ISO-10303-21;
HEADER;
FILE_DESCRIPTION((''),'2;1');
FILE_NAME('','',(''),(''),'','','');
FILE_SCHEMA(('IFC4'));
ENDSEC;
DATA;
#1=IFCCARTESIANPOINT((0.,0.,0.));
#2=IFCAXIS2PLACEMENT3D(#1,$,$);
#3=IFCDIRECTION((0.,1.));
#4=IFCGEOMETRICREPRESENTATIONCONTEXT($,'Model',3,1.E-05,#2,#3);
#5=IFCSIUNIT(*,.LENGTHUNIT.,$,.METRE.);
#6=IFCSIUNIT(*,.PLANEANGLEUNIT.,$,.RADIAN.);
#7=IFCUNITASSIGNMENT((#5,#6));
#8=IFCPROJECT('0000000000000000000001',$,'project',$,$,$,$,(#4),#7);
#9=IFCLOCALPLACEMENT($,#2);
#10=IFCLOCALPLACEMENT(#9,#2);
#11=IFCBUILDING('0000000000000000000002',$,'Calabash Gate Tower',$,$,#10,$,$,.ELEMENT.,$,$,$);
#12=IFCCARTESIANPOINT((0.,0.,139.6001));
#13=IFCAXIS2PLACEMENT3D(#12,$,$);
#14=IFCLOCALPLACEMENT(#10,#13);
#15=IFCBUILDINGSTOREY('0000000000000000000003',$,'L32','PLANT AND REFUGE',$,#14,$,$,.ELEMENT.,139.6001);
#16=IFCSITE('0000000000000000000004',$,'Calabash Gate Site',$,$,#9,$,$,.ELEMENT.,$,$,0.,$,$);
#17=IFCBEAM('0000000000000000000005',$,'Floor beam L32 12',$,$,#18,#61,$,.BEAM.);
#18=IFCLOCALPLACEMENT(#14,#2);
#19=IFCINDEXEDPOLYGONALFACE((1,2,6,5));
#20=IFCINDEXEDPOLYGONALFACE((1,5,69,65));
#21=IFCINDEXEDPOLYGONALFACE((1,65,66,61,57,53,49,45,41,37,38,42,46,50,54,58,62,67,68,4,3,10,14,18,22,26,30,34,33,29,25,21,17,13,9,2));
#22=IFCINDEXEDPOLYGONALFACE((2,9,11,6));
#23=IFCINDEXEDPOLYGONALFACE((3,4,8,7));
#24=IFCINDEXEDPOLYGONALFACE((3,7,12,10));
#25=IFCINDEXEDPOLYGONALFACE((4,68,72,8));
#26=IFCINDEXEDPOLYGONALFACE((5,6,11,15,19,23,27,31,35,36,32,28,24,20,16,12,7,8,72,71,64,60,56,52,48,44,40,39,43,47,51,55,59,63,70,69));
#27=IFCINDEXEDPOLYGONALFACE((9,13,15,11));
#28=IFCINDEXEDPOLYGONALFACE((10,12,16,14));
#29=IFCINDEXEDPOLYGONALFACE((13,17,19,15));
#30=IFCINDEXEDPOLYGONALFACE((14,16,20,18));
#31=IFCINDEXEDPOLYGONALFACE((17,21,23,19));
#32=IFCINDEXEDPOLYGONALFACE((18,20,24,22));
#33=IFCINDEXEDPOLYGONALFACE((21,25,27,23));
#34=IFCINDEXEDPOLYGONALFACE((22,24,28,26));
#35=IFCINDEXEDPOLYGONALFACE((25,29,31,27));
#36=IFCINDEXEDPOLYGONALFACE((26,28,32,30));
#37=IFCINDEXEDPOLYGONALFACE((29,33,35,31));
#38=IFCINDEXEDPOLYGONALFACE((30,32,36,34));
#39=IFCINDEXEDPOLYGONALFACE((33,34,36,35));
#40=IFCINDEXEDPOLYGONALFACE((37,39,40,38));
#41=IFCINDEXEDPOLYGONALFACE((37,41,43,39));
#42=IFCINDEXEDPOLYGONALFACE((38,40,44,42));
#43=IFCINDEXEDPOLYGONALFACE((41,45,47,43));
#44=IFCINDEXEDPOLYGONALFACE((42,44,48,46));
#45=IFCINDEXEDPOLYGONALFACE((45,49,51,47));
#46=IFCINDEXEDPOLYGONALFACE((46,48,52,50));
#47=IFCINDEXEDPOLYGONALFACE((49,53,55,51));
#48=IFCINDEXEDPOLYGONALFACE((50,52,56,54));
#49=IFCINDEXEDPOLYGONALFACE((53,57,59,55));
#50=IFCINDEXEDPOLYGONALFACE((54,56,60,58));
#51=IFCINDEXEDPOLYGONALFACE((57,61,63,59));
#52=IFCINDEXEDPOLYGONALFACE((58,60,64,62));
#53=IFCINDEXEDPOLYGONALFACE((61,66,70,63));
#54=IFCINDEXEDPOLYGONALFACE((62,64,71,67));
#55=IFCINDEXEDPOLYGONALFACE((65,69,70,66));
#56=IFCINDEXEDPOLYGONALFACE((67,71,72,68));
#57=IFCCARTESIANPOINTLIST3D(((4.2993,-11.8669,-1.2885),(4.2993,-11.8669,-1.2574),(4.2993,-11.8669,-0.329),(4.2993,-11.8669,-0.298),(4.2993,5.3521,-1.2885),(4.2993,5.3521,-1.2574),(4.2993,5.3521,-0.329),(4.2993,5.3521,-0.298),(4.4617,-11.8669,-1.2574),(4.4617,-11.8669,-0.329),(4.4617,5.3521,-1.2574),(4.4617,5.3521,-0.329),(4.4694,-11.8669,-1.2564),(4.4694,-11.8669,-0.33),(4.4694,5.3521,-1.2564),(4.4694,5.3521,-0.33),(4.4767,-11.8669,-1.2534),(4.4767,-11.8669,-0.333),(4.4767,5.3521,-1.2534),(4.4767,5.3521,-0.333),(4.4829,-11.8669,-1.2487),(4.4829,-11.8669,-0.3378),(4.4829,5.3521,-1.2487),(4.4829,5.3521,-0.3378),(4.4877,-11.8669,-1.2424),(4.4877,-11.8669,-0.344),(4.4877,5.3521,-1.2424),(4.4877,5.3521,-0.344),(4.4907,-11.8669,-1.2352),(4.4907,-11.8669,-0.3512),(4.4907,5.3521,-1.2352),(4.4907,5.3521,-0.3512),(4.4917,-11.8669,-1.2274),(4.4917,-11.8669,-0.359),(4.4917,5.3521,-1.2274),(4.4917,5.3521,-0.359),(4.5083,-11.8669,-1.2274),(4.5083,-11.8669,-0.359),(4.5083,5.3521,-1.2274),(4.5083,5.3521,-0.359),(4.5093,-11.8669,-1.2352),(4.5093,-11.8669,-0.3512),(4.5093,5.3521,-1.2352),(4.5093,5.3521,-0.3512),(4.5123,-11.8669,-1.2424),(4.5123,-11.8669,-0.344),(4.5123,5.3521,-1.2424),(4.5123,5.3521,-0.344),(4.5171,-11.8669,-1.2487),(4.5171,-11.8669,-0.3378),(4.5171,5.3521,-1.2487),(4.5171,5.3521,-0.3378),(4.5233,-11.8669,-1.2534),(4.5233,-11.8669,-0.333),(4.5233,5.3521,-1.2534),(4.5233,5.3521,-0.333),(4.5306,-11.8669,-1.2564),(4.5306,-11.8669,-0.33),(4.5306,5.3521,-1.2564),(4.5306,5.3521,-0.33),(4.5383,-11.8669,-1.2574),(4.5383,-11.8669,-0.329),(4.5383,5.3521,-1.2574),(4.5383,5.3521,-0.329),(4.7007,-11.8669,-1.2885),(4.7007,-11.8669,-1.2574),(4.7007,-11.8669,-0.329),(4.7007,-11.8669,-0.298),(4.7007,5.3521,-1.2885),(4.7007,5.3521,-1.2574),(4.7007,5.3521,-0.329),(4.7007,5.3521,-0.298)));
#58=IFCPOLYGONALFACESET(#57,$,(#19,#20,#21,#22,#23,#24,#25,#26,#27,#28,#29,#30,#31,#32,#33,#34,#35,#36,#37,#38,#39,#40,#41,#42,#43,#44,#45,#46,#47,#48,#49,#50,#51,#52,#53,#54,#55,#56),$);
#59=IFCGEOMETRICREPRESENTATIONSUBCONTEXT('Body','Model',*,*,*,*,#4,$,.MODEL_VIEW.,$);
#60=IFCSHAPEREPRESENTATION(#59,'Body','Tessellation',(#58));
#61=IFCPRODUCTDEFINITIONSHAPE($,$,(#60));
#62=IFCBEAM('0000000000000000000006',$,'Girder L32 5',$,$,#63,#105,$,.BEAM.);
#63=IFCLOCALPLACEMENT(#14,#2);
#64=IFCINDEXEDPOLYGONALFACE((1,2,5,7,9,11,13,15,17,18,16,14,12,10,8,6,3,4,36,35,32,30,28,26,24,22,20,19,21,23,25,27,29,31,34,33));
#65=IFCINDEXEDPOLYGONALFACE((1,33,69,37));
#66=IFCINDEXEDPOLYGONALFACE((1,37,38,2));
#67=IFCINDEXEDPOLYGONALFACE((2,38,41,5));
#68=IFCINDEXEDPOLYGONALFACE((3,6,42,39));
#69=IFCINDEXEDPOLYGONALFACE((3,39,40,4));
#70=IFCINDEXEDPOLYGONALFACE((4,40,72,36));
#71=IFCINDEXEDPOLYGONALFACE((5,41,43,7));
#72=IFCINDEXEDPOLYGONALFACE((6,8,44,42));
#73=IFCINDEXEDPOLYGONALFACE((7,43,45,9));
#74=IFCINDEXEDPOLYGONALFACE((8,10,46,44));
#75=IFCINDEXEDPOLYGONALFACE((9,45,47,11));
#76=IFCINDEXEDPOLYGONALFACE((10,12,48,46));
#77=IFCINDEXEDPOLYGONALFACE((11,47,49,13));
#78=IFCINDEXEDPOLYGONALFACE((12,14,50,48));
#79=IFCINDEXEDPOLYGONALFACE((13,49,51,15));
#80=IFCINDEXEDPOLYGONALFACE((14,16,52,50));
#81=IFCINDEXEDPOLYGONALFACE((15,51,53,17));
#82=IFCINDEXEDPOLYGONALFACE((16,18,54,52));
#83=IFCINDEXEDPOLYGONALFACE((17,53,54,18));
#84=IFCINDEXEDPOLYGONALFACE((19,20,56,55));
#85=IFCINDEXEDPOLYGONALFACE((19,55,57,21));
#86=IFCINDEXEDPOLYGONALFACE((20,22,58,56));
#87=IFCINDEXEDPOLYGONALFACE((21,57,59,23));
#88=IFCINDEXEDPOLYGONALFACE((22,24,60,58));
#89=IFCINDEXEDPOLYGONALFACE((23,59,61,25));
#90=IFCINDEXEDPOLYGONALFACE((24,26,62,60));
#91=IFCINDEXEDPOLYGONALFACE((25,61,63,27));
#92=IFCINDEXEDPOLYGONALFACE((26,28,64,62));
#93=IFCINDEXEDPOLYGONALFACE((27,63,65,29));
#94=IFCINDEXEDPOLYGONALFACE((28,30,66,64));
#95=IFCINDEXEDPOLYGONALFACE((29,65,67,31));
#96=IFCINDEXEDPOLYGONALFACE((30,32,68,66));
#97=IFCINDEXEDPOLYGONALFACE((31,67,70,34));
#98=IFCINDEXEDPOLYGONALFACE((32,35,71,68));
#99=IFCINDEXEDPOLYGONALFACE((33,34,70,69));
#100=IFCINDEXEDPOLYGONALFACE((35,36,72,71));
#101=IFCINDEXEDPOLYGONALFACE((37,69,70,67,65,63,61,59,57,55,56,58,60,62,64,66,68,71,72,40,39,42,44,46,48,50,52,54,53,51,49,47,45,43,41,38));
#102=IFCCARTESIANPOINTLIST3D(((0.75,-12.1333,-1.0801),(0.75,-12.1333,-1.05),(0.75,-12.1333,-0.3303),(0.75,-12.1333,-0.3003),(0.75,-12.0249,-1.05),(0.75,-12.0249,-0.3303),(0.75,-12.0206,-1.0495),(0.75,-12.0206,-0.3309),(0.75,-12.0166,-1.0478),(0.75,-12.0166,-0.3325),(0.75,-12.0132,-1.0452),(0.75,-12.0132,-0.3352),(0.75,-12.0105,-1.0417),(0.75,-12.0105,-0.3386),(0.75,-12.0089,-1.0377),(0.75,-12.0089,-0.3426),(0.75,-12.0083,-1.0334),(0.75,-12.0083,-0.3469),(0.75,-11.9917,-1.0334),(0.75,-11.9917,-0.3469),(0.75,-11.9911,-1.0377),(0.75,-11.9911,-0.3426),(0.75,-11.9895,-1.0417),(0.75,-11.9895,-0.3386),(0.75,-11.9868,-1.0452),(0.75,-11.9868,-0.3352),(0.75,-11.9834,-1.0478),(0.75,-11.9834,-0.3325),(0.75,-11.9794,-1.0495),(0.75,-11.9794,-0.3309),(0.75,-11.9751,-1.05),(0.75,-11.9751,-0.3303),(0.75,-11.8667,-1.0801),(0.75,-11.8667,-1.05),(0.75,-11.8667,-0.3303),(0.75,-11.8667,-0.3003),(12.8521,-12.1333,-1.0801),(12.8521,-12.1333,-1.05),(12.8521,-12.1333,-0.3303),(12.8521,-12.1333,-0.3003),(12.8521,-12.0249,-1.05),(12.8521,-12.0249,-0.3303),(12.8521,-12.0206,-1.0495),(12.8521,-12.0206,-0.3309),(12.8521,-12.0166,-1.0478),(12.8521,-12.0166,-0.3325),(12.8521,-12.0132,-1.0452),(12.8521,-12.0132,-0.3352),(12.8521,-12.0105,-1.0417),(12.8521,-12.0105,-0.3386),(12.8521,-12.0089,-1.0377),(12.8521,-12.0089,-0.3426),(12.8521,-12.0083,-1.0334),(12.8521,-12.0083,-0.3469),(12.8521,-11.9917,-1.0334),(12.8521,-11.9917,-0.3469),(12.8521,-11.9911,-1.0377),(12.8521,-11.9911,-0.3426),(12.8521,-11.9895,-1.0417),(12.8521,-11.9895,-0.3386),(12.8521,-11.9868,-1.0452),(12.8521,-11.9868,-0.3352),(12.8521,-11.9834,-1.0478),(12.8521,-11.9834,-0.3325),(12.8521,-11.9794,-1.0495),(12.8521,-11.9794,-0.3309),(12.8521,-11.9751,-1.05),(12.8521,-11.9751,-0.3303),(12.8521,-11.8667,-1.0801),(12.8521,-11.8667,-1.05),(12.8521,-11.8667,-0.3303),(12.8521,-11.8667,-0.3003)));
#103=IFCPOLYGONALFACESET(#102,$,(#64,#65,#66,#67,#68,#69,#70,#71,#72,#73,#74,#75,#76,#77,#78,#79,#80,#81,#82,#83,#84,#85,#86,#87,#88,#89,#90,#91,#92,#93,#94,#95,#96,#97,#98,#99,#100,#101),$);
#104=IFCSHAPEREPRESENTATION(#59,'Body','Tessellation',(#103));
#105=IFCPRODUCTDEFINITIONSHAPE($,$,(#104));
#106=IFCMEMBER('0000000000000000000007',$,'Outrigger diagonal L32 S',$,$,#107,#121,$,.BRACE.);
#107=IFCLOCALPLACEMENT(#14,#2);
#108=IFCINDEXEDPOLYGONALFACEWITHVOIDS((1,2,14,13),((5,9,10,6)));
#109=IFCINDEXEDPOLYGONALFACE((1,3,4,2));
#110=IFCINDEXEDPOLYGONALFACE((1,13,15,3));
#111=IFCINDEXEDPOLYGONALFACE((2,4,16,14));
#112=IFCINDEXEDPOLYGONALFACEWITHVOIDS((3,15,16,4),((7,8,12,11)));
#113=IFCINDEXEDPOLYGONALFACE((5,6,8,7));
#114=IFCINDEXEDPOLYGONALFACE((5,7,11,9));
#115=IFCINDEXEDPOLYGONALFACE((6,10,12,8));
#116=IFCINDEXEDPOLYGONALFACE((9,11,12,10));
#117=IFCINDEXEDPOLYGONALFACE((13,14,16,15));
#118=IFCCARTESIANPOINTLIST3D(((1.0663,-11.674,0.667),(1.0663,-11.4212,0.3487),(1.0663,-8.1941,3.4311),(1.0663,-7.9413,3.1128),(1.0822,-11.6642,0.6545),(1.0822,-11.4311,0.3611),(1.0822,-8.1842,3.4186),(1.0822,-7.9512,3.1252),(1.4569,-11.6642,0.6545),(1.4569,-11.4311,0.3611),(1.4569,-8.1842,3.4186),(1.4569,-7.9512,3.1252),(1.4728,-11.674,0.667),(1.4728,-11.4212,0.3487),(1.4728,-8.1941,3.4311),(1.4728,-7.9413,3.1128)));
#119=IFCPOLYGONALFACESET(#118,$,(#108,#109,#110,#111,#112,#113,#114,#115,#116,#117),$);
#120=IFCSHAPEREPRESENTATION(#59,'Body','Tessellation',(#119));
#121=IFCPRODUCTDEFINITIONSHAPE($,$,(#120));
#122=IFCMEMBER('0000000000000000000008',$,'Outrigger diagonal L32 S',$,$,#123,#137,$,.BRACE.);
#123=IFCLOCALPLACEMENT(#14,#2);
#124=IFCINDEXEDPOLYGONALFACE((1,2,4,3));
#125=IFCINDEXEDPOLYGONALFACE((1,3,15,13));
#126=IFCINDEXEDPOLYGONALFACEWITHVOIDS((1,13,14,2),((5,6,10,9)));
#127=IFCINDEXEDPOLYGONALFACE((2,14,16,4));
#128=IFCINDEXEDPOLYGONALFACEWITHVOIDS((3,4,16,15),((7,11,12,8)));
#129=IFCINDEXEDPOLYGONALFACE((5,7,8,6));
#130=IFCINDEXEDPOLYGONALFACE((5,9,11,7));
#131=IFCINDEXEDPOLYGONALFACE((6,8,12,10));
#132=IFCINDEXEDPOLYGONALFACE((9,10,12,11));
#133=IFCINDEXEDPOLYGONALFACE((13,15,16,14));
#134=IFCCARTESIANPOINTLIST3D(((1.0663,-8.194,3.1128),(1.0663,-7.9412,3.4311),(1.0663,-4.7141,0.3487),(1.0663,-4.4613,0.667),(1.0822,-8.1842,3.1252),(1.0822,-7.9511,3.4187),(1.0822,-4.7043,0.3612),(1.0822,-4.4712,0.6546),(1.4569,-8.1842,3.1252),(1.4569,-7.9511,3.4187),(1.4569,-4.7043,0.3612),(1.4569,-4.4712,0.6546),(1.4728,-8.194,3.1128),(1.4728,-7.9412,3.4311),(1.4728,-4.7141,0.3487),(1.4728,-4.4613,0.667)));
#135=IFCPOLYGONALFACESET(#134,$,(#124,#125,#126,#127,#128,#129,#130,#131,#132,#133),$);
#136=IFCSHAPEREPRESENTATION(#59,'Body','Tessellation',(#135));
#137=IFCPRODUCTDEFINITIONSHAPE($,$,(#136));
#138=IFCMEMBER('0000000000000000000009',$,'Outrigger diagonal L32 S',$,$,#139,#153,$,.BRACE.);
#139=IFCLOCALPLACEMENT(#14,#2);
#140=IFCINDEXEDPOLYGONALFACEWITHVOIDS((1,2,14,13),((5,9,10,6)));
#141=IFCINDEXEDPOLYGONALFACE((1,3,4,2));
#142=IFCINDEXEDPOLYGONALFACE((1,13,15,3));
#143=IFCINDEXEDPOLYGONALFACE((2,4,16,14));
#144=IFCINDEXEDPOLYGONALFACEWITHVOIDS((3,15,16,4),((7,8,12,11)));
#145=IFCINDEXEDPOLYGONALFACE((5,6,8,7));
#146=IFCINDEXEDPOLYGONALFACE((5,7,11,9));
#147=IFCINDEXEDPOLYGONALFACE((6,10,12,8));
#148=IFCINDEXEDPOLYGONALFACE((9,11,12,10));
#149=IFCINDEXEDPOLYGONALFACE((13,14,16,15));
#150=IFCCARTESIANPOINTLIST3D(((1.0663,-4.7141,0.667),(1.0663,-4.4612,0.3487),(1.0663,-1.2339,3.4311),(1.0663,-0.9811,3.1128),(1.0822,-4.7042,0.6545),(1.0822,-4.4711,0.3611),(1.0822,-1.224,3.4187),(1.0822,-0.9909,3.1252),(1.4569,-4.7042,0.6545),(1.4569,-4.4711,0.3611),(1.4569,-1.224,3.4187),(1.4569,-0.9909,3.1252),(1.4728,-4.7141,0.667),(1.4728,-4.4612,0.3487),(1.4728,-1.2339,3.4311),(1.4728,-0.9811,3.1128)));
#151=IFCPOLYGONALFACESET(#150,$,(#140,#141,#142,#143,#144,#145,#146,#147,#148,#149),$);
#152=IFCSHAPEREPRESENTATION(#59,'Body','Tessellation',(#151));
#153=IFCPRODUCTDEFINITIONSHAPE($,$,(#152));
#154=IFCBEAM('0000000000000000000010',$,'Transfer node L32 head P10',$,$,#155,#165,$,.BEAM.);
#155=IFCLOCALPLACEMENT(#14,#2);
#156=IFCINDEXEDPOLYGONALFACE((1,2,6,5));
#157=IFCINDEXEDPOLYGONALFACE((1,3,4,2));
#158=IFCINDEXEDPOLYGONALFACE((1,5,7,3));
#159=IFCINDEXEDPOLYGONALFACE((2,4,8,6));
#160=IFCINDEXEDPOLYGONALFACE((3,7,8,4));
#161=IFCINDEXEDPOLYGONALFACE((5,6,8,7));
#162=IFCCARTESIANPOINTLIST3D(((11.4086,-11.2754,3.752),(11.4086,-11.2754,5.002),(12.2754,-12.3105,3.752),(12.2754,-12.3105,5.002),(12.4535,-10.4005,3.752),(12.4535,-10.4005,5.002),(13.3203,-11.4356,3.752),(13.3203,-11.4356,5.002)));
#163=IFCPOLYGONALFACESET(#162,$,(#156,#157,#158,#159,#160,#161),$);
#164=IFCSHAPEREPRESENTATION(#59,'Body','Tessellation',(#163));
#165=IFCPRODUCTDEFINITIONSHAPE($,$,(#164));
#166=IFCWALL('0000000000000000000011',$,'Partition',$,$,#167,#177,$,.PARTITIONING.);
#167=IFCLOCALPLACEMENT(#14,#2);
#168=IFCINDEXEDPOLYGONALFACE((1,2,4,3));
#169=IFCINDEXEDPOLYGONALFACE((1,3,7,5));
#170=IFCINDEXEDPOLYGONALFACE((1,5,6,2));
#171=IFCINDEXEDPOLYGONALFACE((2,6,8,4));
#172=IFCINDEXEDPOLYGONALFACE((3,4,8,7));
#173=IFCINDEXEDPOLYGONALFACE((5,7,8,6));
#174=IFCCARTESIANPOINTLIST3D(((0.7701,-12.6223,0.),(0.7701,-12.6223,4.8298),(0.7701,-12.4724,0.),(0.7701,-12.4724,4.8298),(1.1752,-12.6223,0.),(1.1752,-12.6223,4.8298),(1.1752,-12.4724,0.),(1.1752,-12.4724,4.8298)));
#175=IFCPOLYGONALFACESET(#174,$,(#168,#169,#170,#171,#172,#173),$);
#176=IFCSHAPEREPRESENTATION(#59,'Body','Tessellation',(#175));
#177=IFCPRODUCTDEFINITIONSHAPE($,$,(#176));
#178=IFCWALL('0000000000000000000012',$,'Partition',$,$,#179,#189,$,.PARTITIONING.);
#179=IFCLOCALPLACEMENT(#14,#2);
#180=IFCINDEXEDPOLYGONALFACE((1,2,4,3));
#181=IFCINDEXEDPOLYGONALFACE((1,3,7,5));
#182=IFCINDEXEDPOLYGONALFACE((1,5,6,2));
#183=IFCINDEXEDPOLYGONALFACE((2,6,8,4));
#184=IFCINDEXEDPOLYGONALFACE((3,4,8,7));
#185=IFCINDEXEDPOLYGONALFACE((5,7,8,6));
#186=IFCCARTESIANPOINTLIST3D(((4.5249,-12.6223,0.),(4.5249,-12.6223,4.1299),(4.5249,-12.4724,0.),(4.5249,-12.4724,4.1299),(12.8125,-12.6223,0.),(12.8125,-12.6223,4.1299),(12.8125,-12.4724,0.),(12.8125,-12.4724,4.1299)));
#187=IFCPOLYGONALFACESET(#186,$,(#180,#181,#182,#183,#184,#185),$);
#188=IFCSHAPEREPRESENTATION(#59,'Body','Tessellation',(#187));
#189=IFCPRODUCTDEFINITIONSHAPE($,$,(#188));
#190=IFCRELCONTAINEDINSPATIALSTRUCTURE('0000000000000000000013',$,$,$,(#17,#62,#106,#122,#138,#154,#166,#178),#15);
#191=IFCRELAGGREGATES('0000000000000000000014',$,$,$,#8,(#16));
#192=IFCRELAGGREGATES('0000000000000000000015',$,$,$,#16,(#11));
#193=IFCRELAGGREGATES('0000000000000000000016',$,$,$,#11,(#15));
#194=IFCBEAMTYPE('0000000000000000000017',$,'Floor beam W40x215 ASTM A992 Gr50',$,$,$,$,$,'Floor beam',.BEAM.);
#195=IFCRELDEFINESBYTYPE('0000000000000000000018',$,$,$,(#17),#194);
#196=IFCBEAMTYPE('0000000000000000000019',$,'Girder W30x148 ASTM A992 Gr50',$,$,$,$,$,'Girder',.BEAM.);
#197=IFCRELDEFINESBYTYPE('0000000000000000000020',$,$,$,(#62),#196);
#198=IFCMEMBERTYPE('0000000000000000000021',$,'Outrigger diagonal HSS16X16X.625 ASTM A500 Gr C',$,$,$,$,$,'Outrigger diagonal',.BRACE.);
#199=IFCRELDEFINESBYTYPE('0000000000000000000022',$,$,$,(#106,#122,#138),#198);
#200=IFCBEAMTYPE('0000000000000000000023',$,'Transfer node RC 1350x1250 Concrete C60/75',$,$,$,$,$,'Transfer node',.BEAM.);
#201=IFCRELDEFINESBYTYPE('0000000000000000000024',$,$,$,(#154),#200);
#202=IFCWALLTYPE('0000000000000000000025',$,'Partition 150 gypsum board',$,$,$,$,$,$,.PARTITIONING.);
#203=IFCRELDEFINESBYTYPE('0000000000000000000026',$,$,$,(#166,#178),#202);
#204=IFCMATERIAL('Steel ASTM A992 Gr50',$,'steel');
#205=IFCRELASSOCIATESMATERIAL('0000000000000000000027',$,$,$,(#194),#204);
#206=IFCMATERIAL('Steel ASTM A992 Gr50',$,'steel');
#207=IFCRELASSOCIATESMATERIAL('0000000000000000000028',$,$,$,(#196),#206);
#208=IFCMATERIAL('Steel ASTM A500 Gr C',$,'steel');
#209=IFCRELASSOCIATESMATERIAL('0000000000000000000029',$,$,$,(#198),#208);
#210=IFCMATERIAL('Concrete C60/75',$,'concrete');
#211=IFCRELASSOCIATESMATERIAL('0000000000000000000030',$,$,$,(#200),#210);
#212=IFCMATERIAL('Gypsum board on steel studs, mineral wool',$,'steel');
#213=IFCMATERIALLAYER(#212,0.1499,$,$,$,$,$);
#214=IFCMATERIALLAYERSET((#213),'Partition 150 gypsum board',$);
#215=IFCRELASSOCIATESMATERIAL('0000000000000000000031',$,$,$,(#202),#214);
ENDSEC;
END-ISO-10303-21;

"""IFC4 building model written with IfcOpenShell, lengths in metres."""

from ifc_helpers import new_model, si_unit, direction, frame, frame_2d, origin, origin_2d, place, context, subcontext, project, spatial, rectangle, hollow_rectangle, i_section, extrude, material, layer, layer_set, material_profile, profile_set, type_object, element, save


model = new_model("IFC4")

# Units and contexts
model_context = context("Model", 3, precision=1e-05, world=origin(), true_north=direction((0.0, 1.0)))
body_context = subcontext(model_context, "Body", "Model", "MODEL_VIEW")
ifc_project = project(units=[si_unit("LENGTHUNIT", "METRE"), si_unit("PLANEANGLEUNIT", "RADIAN")], contexts=[model_context])

# Site, building, storey
site_placement = place(None, origin())
site = spatial("IfcSite", under=ifc_project, at=site_placement, Name="Calabash Gate Site", CompositionType="ELEMENT", RefElevation=0.0)
building_placement = place(site_placement, origin())
building = spatial("IfcBuilding", under=site, at=building_placement, Name="Calabash Gate Tower", CompositionType="ELEMENT")
storey_placement = place(building_placement, frame((0.0, 0.0, 139.6001)))
storey = spatial("IfcBuildingStorey", under=building, at=storey_placement, Name="L32", Description="PLANT AND REFUGE", CompositionType="ELEMENT", Elevation=139.6001)

# Beams
ifc_material_1 = material(Name="Steel ASTM A992 Gr50", Category="steel")
ifc_material_profile_1 = material_profile(ifc_material_1, i_section(OverallWidth=0.4014, OverallDepth=0.9905, WebThickness=0.0166, FlangeThickness=0.031, FilletRadius=0.03, at=origin_2d()))
ifc_profile_set_1 = profile_set([ifc_material_profile_1], Name="Steel ASTM A992 Gr50")
beam_type_1 = type_object("IfcBeamType", Name="Floor beam W40x215 ASTM A992 Gr50", ElementType="Floor beam", PredefinedType="BEAM", material=ifc_profile_set_1)
beam_1_placement = place(storey_placement, frame((4.5, -11.8669, -0.7932), z_axis=(0.0, 1.0, 0.0), x_axis=(-1.0, 0.0, 0.0)))
element("IfcBeam", 1, at=beam_1_placement, inside=storey, type_object=beam_type_1, Name="Floor beam L32 12", PredefinedType="BEAM", context=body_context, shape_type="SweptSolid", body=[
    extrude(i_section(OverallWidth=0.4014, OverallDepth=0.9905, WebThickness=0.0166, FlangeThickness=0.031, FilletRadius=0.03, at=origin_2d()), origin(), (0.0, 0.0, 1.0), 17.219),
])
ifc_material_2 = material(Name="Steel ASTM A992 Gr50", Category="steel")
ifc_material_profile_2 = material_profile(ifc_material_2, i_section(OverallWidth=0.2666, OverallDepth=0.7798, WebThickness=0.0166, FlangeThickness=0.03, FilletRadius=0.0166, at=origin_2d()))
ifc_profile_set_2 = profile_set([ifc_material_profile_2], Name="Steel ASTM A992 Gr50")
beam_type_2 = type_object("IfcBeamType", Name="Girder W30x148 ASTM A992 Gr50", ElementType="Girder", PredefinedType="BEAM", material=ifc_profile_set_2)
beam_2_placement = place(storey_placement, frame((0.75, -12.0, -0.6902), z_axis=(1.0, 0.0, 0.0), x_axis=(0.0, 1.0, 0.0)))
element("IfcBeam", 2, at=beam_2_placement, inside=storey, type_object=beam_type_2, Name="Girder L32 5", PredefinedType="BEAM", context=body_context, shape_type="SweptSolid", body=[
    extrude(i_section(OverallWidth=0.2666, OverallDepth=0.7798, WebThickness=0.0166, FlangeThickness=0.03, FilletRadius=0.0166, at=origin_2d()), origin(), (0.0, 0.0, 1.0), 12.1021),
])

# Members
ifc_material_3 = material(Name="Steel ASTM A500 Gr C", Category="steel")
ifc_material_profile_3 = material_profile(ifc_material_3, hollow_rectangle(XDim=0.4065, YDim=0.4065, WallThickness=0.0159, at=origin_2d()))
ifc_profile_set_3 = profile_set([ifc_material_profile_3], Name="Steel ASTM A500 Gr C")
member_type = type_object("IfcMemberType", Name="Outrigger diagonal HSS16X16X.625 ASTM A500 Gr C", ElementType="Outrigger diagonal", PredefinedType="BRACE", material=ifc_profile_set_3)
for number, where, z_axis, x_axis, name in (
    (3, (1.2695, -11.5476, 0.5078), (0.0, 0.78304, 0.621971), (-1.0, 0.0, 0.0), "Outrigger diagonal L32 S"),
    (4, (1.2695, -8.0676, 3.272), (0.0, 0.78304, -0.621971), (-1.0, 0.0, 0.0), "Outrigger diagonal L32 S"),
):
    element("IfcMember", number, at=place(storey_placement, frame(where, z_axis=z_axis, x_axis=x_axis)), inside=storey, type_object=member_type, Name=name, PredefinedType="BRACE", context=body_context, shape_type="SweptSolid", body=[
        extrude(hollow_rectangle(XDim=0.4065, YDim=0.4065, WallThickness=0.0159, at=origin_2d()), origin(), (0.0, 0.0, 1.0), 4.4441),
    ])
member_placement = place(storey_placement, frame((1.2695, -4.5876, 0.5078), z_axis=(0.0, 0.783061, 0.621945), x_axis=(-1.0, 0.0, 0.0)))
element("IfcMember", 5, at=member_placement, inside=storey, type_object=member_type, Name="Outrigger diagonal L32 S", PredefinedType="BRACE", context=body_context, shape_type="SweptSolid", body=[
    extrude(hollow_rectangle(XDim=0.4065, YDim=0.4065, WallThickness=0.0159, at=origin_2d()), origin(), (0.0, 0.0, 1.0), 4.4443),
])

# Beam
ifc_material_4 = material(Name="Concrete C60/75", Category="concrete")
ifc_material_profile_4 = material_profile(ifc_material_4, rectangle(XDim=1.3501, YDim=1.25, at=origin_2d()))
ifc_profile_set_4 = profile_set([ifc_material_profile_4], Name="Concrete C60/75")
beam_type_3 = type_object("IfcBeamType", Name="Transfer node RC 1350x1250 Concrete C60/75", ElementType="Transfer node", PredefinedType="BEAM", material=ifc_profile_set_4)
beam_3_placement = place(storey_placement, frame((11.842, -11.793, 4.377), z_axis=(0.766692, 0.642015, 0.0), x_axis=(-0.642015, 0.766692, 0.0)))
element("IfcBeam", 6, at=beam_3_placement, inside=storey, type_object=beam_type_3, Name="Transfer node L32 head P10", PredefinedType="BEAM", context=body_context, shape_type="SweptSolid", body=[
    extrude(rectangle(XDim=1.3501, YDim=1.25, at=origin_2d()), origin(), (0.0, 0.0, 1.0), 1.3628),
])

# Walls
ifc_material_5 = material(Name="Gypsum board on steel studs, mineral wool", Category="steel")
ifc_layer = layer(ifc_material_5, 0.1499)
ifc_layer_set = layer_set([ifc_layer], Name="Partition 150 gypsum board")
wall_type = type_object("IfcWallType", Name="Partition 150 gypsum board", PredefinedType="PARTITIONING", material=ifc_layer_set)
wall_1_placement = place(storey_placement, frame((0.77, -12.5474, 0.0), z_axis=(0.0, 0.0, 1.0), x_axis=(1.0, 0.0, 0.0)))
element("IfcWall", 7, at=wall_1_placement, inside=storey, type_object=wall_type, Name="Partition", PredefinedType="PARTITIONING", context=body_context, shape_type="SweptSolid", body=[
    extrude(rectangle(XDim=0.405, YDim=0.1499, at=frame_2d((0.2026, 0.0))), origin(), (0.0, 0.0, 1.0), 4.8298),
])
wall_2_placement = place(storey_placement, frame((4.5249, -12.5474, 0.0), z_axis=(0.0, 0.0, 1.0), x_axis=(1.0, 0.0, 0.0)))
element("IfcWall", 8, at=wall_2_placement, inside=storey, type_object=wall_type, Name="Partition", PredefinedType="PARTITIONING", context=body_context, shape_type="SweptSolid", body=[
    extrude(rectangle(XDim=8.2876, YDim=0.1499, at=frame_2d((4.1438, 0.0))), origin(), (0.0, 0.0, 1.0), 4.1299),
])

save(model, "model.ifc")
